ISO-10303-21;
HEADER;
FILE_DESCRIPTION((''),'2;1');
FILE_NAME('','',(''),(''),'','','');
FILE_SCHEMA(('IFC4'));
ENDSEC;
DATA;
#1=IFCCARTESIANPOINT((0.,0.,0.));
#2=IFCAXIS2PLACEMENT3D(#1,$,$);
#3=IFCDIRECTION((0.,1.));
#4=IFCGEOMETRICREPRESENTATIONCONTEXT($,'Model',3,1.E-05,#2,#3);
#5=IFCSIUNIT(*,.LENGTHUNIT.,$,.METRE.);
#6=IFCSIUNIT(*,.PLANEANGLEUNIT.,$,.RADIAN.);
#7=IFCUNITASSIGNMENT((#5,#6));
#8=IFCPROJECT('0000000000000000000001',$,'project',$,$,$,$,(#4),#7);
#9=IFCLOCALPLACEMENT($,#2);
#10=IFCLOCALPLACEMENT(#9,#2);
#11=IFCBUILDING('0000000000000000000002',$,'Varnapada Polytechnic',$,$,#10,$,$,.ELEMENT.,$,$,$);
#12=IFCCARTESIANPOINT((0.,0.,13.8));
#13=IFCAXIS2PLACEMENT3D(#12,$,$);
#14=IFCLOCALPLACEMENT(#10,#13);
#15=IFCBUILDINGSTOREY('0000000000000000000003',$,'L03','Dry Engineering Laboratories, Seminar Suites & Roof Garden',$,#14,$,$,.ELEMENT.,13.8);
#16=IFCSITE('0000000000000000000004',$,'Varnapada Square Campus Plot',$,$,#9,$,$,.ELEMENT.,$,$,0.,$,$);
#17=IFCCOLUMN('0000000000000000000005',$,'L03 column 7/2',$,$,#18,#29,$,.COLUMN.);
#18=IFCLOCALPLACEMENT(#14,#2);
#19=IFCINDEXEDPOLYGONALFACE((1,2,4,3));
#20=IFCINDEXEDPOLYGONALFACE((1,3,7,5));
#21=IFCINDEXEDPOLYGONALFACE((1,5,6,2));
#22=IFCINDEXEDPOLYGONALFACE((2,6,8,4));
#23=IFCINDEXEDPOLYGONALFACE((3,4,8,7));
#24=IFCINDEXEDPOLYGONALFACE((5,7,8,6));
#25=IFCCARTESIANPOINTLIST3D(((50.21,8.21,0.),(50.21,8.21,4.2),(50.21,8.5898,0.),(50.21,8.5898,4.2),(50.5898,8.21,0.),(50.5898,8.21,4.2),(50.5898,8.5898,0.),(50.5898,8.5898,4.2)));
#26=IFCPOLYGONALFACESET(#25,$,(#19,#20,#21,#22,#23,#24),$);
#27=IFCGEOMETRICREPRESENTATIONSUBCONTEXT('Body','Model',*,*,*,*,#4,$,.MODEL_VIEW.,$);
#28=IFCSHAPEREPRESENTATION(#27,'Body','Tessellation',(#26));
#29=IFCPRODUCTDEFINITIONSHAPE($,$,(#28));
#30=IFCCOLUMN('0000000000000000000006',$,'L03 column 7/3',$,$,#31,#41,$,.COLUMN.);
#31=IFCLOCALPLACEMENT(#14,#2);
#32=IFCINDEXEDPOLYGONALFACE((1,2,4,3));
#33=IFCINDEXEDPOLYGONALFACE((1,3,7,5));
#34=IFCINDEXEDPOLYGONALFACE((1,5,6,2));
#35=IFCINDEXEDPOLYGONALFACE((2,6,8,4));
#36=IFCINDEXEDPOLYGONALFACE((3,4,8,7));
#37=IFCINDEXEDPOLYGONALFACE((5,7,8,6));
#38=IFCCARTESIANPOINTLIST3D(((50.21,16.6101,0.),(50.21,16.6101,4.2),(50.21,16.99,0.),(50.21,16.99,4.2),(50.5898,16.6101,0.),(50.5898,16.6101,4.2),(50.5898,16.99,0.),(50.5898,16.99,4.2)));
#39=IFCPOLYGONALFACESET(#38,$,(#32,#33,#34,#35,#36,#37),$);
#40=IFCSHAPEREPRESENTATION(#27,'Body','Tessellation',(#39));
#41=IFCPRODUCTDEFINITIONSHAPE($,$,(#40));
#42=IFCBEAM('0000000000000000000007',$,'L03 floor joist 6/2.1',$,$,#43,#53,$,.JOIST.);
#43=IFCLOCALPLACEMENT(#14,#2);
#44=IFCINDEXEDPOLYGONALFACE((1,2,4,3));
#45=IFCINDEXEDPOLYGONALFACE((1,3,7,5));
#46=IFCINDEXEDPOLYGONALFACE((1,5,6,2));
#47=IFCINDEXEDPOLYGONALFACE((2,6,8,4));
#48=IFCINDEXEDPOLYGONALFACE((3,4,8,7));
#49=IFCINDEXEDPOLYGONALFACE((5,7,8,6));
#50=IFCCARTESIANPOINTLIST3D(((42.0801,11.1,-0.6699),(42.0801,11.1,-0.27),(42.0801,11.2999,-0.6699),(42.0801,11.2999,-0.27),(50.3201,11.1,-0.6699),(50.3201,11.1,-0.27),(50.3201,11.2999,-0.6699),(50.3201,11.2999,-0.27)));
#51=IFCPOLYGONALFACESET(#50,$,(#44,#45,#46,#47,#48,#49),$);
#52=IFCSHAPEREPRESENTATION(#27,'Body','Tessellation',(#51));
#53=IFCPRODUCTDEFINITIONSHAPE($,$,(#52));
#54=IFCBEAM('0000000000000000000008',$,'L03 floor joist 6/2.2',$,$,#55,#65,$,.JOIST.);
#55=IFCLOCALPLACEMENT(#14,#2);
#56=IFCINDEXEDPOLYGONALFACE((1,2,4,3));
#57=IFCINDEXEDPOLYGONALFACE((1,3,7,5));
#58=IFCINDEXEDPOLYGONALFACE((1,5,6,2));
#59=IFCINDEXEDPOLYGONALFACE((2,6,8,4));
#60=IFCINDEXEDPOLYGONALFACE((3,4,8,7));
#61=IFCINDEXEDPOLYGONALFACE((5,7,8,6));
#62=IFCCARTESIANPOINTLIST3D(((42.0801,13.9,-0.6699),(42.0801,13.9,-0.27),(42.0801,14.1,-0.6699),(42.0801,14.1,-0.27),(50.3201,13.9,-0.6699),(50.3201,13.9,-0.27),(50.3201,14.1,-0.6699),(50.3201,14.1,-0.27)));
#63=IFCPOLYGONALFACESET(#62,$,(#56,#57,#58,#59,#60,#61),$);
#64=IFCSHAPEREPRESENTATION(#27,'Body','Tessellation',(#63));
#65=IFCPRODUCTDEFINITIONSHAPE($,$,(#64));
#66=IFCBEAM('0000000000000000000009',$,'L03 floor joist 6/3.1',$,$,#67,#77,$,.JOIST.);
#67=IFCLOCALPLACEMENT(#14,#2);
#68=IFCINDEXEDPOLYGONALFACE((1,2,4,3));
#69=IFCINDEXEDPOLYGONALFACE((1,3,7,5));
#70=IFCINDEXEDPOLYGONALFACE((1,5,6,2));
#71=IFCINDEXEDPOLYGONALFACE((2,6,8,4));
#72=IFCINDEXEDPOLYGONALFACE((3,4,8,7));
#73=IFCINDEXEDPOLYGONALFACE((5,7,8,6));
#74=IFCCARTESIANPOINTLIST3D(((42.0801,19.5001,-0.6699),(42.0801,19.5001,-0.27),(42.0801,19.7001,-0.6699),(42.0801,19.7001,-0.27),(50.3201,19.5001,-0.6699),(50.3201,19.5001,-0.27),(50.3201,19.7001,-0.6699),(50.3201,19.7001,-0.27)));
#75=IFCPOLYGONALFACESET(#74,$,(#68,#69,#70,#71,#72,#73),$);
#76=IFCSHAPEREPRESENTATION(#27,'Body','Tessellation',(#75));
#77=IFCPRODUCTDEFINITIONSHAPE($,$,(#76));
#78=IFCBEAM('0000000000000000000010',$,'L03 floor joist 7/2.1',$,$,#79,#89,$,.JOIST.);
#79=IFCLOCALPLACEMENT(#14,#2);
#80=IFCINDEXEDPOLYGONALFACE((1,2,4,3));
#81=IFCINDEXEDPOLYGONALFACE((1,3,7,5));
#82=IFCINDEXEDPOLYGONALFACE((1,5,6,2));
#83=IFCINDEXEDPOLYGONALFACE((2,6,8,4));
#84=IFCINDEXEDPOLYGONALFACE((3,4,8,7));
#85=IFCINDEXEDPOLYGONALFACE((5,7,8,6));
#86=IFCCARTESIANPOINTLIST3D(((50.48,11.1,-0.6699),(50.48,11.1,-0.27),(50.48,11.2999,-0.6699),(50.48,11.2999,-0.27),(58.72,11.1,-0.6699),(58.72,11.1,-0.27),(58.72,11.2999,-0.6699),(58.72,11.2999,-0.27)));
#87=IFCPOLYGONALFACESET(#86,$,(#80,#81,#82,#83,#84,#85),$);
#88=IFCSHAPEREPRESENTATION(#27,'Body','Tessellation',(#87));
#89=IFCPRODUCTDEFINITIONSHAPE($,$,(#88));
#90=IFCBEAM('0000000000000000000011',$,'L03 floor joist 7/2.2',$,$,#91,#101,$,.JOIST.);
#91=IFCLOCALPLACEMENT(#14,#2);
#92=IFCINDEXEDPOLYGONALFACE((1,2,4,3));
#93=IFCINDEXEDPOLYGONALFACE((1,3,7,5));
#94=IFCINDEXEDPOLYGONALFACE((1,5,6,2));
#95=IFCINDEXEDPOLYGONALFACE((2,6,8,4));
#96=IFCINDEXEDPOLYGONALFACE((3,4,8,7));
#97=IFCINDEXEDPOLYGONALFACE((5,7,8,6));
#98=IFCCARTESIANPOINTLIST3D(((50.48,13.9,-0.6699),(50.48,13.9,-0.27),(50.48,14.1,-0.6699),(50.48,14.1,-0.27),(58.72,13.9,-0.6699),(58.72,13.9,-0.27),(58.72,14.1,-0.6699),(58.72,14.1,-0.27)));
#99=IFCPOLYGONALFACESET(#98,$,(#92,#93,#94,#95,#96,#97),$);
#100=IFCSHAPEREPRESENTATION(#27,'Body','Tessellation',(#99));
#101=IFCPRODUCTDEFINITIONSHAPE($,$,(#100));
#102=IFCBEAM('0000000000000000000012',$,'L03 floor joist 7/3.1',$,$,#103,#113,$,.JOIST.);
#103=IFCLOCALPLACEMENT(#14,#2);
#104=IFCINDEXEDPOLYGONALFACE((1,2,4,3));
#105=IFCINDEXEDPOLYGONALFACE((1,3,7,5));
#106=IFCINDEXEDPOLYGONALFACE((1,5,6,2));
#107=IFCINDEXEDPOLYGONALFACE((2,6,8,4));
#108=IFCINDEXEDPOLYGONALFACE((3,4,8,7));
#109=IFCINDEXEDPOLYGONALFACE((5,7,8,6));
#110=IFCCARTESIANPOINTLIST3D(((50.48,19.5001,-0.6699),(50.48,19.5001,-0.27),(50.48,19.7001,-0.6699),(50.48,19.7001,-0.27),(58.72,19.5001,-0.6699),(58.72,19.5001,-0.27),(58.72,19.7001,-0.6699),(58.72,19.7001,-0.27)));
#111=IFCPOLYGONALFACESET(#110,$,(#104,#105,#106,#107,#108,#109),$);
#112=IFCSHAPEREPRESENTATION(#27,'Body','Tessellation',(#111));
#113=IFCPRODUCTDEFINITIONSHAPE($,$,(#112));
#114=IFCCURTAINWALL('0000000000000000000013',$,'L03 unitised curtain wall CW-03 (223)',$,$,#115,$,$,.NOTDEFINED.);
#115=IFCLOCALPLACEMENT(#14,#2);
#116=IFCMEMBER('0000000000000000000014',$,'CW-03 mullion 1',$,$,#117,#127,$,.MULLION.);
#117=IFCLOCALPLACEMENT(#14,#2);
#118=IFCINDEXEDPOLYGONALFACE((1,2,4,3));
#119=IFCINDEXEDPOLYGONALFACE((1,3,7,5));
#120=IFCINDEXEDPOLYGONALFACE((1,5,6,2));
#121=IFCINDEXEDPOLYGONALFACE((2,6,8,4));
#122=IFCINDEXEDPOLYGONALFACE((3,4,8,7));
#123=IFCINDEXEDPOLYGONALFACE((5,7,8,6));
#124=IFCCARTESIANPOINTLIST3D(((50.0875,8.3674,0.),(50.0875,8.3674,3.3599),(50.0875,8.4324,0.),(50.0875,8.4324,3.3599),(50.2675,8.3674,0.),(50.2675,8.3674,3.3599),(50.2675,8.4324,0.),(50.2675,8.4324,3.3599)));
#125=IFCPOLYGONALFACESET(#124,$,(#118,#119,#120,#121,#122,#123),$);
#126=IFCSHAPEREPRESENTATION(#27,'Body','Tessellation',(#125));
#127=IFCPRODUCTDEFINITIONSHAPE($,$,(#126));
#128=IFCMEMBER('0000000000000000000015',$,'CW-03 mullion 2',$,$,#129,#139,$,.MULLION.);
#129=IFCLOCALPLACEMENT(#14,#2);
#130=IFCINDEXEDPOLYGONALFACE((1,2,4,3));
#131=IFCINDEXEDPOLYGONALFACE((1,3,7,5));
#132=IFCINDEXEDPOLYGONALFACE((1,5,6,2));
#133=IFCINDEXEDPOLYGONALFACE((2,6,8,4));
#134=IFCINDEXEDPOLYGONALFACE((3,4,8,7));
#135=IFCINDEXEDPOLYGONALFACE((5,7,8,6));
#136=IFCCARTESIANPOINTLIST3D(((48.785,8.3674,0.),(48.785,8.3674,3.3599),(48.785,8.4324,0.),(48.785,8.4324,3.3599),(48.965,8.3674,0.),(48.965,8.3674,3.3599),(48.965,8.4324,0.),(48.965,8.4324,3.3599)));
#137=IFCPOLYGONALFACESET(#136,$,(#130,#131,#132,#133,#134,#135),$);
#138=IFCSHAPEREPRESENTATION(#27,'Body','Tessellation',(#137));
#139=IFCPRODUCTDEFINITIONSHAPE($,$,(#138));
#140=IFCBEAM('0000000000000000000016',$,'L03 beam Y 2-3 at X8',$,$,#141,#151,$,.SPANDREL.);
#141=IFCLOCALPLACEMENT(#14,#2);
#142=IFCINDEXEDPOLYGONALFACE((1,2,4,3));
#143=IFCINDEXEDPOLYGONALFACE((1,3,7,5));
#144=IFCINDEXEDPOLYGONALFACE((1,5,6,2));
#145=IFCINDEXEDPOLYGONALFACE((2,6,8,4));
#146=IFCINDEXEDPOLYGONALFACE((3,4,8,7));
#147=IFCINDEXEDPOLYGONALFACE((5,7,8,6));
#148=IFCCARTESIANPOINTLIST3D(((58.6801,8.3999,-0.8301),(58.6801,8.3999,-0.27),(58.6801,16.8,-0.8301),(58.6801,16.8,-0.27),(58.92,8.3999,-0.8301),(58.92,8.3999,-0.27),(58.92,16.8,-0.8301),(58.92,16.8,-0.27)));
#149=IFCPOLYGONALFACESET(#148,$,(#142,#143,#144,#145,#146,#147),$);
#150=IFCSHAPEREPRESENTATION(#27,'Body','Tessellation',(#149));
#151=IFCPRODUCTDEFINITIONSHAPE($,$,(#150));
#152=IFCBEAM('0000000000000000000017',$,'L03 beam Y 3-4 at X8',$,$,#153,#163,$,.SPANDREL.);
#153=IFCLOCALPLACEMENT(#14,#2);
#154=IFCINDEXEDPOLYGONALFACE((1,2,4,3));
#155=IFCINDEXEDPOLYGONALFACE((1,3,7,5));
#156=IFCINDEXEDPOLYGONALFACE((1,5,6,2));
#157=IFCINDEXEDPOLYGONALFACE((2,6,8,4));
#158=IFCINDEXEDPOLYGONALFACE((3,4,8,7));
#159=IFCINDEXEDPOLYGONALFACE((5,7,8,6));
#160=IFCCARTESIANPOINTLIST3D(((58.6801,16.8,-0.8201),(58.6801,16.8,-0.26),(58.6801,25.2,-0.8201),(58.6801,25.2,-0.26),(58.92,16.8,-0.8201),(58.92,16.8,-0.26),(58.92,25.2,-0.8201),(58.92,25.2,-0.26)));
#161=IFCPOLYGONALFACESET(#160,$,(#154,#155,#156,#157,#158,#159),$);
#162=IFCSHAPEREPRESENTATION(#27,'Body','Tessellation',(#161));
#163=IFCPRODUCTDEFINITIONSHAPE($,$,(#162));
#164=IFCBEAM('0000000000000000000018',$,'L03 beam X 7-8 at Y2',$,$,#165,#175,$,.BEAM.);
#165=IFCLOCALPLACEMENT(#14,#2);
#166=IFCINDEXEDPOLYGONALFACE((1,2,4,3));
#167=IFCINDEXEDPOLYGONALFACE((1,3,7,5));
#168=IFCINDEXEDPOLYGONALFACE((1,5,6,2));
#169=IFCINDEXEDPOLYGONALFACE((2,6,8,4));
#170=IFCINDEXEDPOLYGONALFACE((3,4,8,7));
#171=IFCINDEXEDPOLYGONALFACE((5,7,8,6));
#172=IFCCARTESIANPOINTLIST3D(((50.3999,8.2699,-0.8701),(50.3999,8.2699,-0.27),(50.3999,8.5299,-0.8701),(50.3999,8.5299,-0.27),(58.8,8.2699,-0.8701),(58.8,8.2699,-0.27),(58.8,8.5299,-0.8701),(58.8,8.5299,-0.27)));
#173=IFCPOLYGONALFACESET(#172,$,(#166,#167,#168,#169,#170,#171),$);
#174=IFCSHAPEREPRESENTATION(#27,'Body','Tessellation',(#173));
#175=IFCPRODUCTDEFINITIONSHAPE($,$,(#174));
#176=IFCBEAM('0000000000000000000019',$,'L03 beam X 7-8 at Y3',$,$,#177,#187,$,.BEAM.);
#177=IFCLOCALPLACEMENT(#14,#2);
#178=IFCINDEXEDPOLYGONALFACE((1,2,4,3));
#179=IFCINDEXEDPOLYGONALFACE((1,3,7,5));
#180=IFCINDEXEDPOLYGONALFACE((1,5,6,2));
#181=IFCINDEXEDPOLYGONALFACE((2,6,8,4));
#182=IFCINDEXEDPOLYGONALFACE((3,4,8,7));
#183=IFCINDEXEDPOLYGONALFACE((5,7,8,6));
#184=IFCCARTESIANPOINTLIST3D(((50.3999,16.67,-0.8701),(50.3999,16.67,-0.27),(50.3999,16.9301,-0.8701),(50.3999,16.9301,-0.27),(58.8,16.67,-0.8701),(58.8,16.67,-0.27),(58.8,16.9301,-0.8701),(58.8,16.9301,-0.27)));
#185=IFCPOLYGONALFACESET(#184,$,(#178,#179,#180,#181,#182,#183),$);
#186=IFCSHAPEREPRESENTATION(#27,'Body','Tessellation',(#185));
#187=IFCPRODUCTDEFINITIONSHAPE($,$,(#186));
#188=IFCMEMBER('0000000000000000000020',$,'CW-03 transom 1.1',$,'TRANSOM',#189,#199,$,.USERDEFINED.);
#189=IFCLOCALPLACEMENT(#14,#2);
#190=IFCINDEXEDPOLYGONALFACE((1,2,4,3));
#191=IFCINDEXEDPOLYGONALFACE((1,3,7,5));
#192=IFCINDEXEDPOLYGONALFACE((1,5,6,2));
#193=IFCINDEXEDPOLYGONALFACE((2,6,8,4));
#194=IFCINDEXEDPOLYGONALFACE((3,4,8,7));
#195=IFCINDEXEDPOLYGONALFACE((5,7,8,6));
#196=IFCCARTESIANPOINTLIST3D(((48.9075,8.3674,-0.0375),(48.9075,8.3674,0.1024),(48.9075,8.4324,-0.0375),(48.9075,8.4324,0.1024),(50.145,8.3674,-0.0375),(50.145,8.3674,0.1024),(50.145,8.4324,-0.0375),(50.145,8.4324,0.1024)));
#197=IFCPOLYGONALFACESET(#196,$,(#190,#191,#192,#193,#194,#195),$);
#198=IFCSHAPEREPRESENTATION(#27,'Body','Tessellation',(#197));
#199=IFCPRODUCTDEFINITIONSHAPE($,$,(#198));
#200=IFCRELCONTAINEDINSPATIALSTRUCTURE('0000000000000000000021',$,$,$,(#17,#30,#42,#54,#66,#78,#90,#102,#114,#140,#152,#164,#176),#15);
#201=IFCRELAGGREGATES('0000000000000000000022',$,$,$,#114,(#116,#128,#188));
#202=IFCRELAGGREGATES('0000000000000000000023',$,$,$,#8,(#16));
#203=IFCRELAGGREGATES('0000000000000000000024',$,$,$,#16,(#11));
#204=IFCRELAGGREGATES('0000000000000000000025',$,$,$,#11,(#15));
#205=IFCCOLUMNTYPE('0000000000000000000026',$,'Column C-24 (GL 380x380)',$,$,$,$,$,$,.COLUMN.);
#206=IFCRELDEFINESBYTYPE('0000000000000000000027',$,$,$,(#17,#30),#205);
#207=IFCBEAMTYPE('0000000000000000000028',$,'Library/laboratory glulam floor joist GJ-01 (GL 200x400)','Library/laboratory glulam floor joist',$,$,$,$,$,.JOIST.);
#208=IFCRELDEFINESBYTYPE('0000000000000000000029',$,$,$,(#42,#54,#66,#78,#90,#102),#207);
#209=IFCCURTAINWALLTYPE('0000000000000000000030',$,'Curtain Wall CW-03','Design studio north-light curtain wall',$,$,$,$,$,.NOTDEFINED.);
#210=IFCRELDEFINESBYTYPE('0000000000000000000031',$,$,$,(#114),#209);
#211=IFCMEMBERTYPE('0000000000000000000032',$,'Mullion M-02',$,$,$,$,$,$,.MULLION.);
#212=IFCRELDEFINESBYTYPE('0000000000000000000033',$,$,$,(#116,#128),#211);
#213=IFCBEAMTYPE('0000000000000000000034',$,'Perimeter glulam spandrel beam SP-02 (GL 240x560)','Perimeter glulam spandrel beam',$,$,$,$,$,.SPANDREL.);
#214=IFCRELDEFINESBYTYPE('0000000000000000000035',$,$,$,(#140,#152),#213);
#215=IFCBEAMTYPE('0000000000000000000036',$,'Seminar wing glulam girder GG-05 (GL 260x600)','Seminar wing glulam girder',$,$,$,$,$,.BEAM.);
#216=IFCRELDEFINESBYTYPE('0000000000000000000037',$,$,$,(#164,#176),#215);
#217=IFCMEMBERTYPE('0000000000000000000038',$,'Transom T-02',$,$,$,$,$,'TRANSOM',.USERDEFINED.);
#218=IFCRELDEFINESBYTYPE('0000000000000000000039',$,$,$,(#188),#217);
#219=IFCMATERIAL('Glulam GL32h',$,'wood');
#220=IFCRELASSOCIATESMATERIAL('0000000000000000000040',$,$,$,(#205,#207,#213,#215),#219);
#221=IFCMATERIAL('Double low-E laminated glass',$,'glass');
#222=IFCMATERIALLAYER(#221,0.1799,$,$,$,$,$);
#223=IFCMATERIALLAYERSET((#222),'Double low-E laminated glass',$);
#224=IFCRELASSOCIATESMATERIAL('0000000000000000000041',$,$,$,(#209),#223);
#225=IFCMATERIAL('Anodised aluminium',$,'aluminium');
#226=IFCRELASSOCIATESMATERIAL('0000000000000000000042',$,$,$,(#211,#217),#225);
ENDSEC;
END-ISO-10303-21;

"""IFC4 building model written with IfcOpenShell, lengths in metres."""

from ifc_helpers import new_model, si_unit, direction, frame, origin, origin_2d, place, context, subcontext, project, spatial, rectangle, extrude, material, layer, layer_set, material_profile, profile_set, type_object, element, aggregate, save


model = new_model("IFC4")

# Units and contexts
model_context = context("Model", 3, precision=1e-05, world=origin(), true_north=direction((0.0, 1.0)))
body_context = subcontext(model_context, "Body", "Model", "MODEL_VIEW")
ifc_project = project(units=[si_unit("LENGTHUNIT", "METRE"), si_unit("PLANEANGLEUNIT", "RADIAN")], contexts=[model_context])

# Site, building, storey
site_placement = place(None, origin())
site = spatial("IfcSite", under=ifc_project, at=site_placement, Name="Varnapada Square Campus Plot", CompositionType="ELEMENT", RefElevation=0.0)
building_placement = place(site_placement, origin())
building = spatial("IfcBuilding", under=site, at=building_placement, Name="Varnapada Polytechnic", CompositionType="ELEMENT")
storey_placement = place(building_placement, frame((0.0, 0.0, 13.8)))
storey = spatial("IfcBuildingStorey", under=building, at=storey_placement, Name="L03", Description="Dry Engineering Laboratories, Seminar Suites & Roof Garden", CompositionType="ELEMENT", Elevation=13.8)

# Columns
ifc_material_1 = material(Name="Glulam GL32h", Category="wood")
ifc_material_profile_1 = material_profile(ifc_material_1, rectangle(XDim=0.3799, YDim=0.3799, at=origin_2d()), Name="GL 380x380")
ifc_profile_set_1 = profile_set([ifc_material_profile_1], Name="Glulam GL32h")
column_type = type_object("IfcColumnType", Name="Column C-24 (GL 380x380)", PredefinedType="COLUMN", material=ifc_profile_set_1)
for number, where, z_axis, x_axis, name in (
    (1, (50.3999, 8.3999, 0.0), (0.0, 0.0, 1.0), (1.0, 0.0, 0.0), "L03 column 7/2"),
    (2, (50.3999, 16.8, 0.0), (0.0, 0.0, 1.0), (1.0, 0.0, 0.0), "L03 column 7/3"),
):
    element("IfcColumn", number, at=place(storey_placement, frame(where, z_axis=z_axis, x_axis=x_axis)), inside=storey, type_object=column_type, Name=name, PredefinedType="COLUMN", context=body_context, shape_type="SweptSolid", body=[
        extrude(rectangle(XDim=0.3799, YDim=0.3799, at=origin_2d()), origin(), (0.0, 0.0, 1.0), 4.2),
    ])

# Beams
ifc_material_profile_2 = material_profile(ifc_material_1, rectangle(XDim=0.2, YDim=0.3999, at=origin_2d()), Name="GL 200x400")
ifc_profile_set_2 = profile_set([ifc_material_profile_2], Name="Glulam GL32h")
beam_type_1 = type_object("IfcBeamType", Name="Library/laboratory glulam floor joist GJ-01 (GL 200x400)", Description="Library/laboratory glulam floor joist", PredefinedType="JOIST", material=ifc_profile_set_2)
for number, where, z_axis, x_axis, name in (
    (3, (42.0801, 11.2, -0.47), (1.0, 0.0, 0.0), (0.0, 1.0, 0.0), "L03 floor joist 6/2.1"),
    (4, (42.0801, 14.0, -0.47), (1.0, 0.0, 0.0), (0.0, 1.0, 0.0), "L03 floor joist 6/2.2"),
    (5, (42.0801, 19.6001, -0.47), (1.0, 0.0, 0.0), (0.0, 1.0, 0.0), "L03 floor joist 6/3.1"),
    (6, (50.48, 11.2, -0.47), (1.0, 0.0, 0.0), (0.0, 1.0, 0.0), "L03 floor joist 7/2.1"),
    (7, (50.48, 14.0, -0.47), (1.0, 0.0, 0.0), (0.0, 1.0, 0.0), "L03 floor joist 7/2.2"),
    (8, (50.48, 19.6001, -0.47), (1.0, 0.0, 0.0), (0.0, 1.0, 0.0), "L03 floor joist 7/3.1"),
):
    element("IfcBeam", number, at=place(storey_placement, frame(where, z_axis=z_axis, x_axis=x_axis)), inside=storey, type_object=beam_type_1, Name=name, PredefinedType="JOIST", context=body_context, shape_type="SweptSolid", body=[
        extrude(rectangle(XDim=0.2, YDim=0.3999, at=origin_2d()), origin(), (0.0, 0.0, 1.0), 8.24),
    ])

# Curtain wall, members
ifc_material_2 = material(Name="Double low-E laminated glass", Category="glass")
ifc_layer_1 = layer(ifc_material_2, 0.1799)
ifc_layer_set_1 = layer_set([ifc_layer_1], Name="Double low-E laminated glass")
curtain_wall_type = type_object("IfcCurtainWallType", Name="Curtain Wall CW-03", Description="Design studio north-light curtain wall", PredefinedType="NOTDEFINED", material=ifc_layer_set_1)
curtain_wall_placement = place(storey_placement, origin())
curtain_wall = element("IfcCurtainWall", 9, at=curtain_wall_placement, inside=storey, type_object=curtain_wall_type, Name="L03 unitised curtain wall CW-03 (223)", PredefinedType="NOTDEFINED")
ifc_material_3 = material(Name="Anodised aluminium", Category="aluminium")
ifc_material_profile_3 = material_profile(ifc_material_3, rectangle(XDim=0.0649, YDim=0.1799, at=origin_2d()), Name="ALU M65x180")
ifc_profile_set_3 = profile_set([ifc_material_profile_3], Name="Anodised aluminium")
member_type_1 = type_object("IfcMemberType", Name="Mullion M-02", PredefinedType="MULLION", material=ifc_profile_set_3)
member_1_placement = place(storey_placement, frame((50.1775, 8.3999, 0.0), z_axis=(0.0, 0.0, 1.0), x_axis=(0.0, -1.0, 0.0)))
member_1 = element("IfcMember", 10, at=member_1_placement, type_object=member_type_1, Name="CW-03 mullion 1", PredefinedType="MULLION", context=body_context, shape_type="SweptSolid", body=[
    extrude(rectangle(XDim=0.0649, YDim=0.1799, at=origin_2d()), origin(), (0.0, 0.0, 1.0), 3.3599),
])
member_2_placement = place(storey_placement, frame((48.875, 8.3999, 0.0), z_axis=(0.0, 0.0, 1.0), x_axis=(0.0, -1.0, 0.0)))
member_2 = element("IfcMember", 11, at=member_2_placement, type_object=member_type_1, Name="CW-03 mullion 2", PredefinedType="MULLION", context=body_context, shape_type="SweptSolid", body=[
    extrude(rectangle(XDim=0.0649, YDim=0.1799, at=origin_2d()), origin(), (0.0, 0.0, 1.0), 3.3599),
])

# Beams
ifc_material_profile_4 = material_profile(ifc_material_1, rectangle(XDim=0.24, YDim=0.5601, at=origin_2d()), Name="GL 240x560")
ifc_profile_set_4 = profile_set([ifc_material_profile_4], Name="Glulam GL32h")
beam_type_2 = type_object("IfcBeamType", Name="Perimeter glulam spandrel beam SP-02 (GL 240x560)", Description="Perimeter glulam spandrel beam", PredefinedType="SPANDREL", material=ifc_profile_set_4)
beam_1_placement = place(storey_placement, frame((58.8, 8.3999, -0.55), z_axis=(0.0, 1.0, 0.0), x_axis=(-1.0, 0.0, 0.0)))
element("IfcBeam", 12, at=beam_1_placement, inside=storey, type_object=beam_type_2, Name="L03 beam Y 2-3 at X8", PredefinedType="SPANDREL", context=body_context, shape_type="SweptSolid", body=[
    extrude(rectangle(XDim=0.24, YDim=0.5601, at=origin_2d()), origin(), (0.0, 0.0, 1.0), 8.4001),
])
beam_2_placement = place(storey_placement, frame((58.8, 16.8, -0.54), z_axis=(0.0, 1.0, 0.0), x_axis=(-1.0, 0.0, 0.0)))
element("IfcBeam", 13, at=beam_2_placement, inside=storey, type_object=beam_type_2, Name="L03 beam Y 3-4 at X8", PredefinedType="SPANDREL", context=body_context, shape_type="SweptSolid", body=[
    extrude(rectangle(XDim=0.24, YDim=0.5601, at=origin_2d()), origin(), (0.0, 0.0, 1.0), 8.3999),
])
ifc_material_profile_5 = material_profile(ifc_material_1, rectangle(XDim=0.26, YDim=0.6001, at=origin_2d()), Name="GL 260x600")
ifc_profile_set_5 = profile_set([ifc_material_profile_5], Name="Glulam GL32h")
beam_type_3 = type_object("IfcBeamType", Name="Seminar wing glulam girder GG-05 (GL 260x600)", Description="Seminar wing glulam girder", PredefinedType="BEAM", material=ifc_profile_set_5)
for number, where, z_axis, x_axis, name in (
    (14, (50.3999, 8.3999, -0.5701), (1.0, 0.0, 0.0), (0.0, 1.0, 0.0), "L03 beam X 7-8 at Y2"),
    (15, (50.3999, 16.8, -0.5701), (1.0, 0.0, 0.0), (0.0, 1.0, 0.0), "L03 beam X 7-8 at Y3"),
):
    element("IfcBeam", number, at=place(storey_placement, frame(where, z_axis=z_axis, x_axis=x_axis)), inside=storey, type_object=beam_type_3, Name=name, PredefinedType="BEAM", context=body_context, shape_type="SweptSolid", body=[
        extrude(rectangle(XDim=0.26, YDim=0.6001, at=origin_2d()), origin(), (0.0, 0.0, 1.0), 8.4001),
    ])

# Member
ifc_material_profile_6 = material_profile(ifc_material_3, rectangle(XDim=0.0649, YDim=0.1399, at=origin_2d()), Name="ALU T65x140")
ifc_profile_set_6 = profile_set([ifc_material_profile_6], Name="Anodised aluminium")
member_type_2 = type_object("IfcMemberType", Name="Transom T-02", ElementType="TRANSOM", PredefinedType="USERDEFINED", material=ifc_profile_set_6)
member_3_placement = place(storey_placement, frame((50.145, 8.3999, 0.0325), z_axis=(-1.0, 0.0, 0.0), x_axis=(0.0, -1.0, 0.0)))
member_3 = element("IfcMember", 16, at=member_3_placement, type_object=member_type_2, Name="CW-03 transom 1.1", ObjectType="TRANSOM", PredefinedType="USERDEFINED", context=body_context, shape_type="SweptSolid", body=[
    extrude(rectangle(XDim=0.0649, YDim=0.1399, at=origin_2d()), origin(), (0.0, 0.0, 1.0), 1.2375),
])

aggregate(curtain_wall, [member_1, member_2, member_3])

save(model, "model.ifc")
